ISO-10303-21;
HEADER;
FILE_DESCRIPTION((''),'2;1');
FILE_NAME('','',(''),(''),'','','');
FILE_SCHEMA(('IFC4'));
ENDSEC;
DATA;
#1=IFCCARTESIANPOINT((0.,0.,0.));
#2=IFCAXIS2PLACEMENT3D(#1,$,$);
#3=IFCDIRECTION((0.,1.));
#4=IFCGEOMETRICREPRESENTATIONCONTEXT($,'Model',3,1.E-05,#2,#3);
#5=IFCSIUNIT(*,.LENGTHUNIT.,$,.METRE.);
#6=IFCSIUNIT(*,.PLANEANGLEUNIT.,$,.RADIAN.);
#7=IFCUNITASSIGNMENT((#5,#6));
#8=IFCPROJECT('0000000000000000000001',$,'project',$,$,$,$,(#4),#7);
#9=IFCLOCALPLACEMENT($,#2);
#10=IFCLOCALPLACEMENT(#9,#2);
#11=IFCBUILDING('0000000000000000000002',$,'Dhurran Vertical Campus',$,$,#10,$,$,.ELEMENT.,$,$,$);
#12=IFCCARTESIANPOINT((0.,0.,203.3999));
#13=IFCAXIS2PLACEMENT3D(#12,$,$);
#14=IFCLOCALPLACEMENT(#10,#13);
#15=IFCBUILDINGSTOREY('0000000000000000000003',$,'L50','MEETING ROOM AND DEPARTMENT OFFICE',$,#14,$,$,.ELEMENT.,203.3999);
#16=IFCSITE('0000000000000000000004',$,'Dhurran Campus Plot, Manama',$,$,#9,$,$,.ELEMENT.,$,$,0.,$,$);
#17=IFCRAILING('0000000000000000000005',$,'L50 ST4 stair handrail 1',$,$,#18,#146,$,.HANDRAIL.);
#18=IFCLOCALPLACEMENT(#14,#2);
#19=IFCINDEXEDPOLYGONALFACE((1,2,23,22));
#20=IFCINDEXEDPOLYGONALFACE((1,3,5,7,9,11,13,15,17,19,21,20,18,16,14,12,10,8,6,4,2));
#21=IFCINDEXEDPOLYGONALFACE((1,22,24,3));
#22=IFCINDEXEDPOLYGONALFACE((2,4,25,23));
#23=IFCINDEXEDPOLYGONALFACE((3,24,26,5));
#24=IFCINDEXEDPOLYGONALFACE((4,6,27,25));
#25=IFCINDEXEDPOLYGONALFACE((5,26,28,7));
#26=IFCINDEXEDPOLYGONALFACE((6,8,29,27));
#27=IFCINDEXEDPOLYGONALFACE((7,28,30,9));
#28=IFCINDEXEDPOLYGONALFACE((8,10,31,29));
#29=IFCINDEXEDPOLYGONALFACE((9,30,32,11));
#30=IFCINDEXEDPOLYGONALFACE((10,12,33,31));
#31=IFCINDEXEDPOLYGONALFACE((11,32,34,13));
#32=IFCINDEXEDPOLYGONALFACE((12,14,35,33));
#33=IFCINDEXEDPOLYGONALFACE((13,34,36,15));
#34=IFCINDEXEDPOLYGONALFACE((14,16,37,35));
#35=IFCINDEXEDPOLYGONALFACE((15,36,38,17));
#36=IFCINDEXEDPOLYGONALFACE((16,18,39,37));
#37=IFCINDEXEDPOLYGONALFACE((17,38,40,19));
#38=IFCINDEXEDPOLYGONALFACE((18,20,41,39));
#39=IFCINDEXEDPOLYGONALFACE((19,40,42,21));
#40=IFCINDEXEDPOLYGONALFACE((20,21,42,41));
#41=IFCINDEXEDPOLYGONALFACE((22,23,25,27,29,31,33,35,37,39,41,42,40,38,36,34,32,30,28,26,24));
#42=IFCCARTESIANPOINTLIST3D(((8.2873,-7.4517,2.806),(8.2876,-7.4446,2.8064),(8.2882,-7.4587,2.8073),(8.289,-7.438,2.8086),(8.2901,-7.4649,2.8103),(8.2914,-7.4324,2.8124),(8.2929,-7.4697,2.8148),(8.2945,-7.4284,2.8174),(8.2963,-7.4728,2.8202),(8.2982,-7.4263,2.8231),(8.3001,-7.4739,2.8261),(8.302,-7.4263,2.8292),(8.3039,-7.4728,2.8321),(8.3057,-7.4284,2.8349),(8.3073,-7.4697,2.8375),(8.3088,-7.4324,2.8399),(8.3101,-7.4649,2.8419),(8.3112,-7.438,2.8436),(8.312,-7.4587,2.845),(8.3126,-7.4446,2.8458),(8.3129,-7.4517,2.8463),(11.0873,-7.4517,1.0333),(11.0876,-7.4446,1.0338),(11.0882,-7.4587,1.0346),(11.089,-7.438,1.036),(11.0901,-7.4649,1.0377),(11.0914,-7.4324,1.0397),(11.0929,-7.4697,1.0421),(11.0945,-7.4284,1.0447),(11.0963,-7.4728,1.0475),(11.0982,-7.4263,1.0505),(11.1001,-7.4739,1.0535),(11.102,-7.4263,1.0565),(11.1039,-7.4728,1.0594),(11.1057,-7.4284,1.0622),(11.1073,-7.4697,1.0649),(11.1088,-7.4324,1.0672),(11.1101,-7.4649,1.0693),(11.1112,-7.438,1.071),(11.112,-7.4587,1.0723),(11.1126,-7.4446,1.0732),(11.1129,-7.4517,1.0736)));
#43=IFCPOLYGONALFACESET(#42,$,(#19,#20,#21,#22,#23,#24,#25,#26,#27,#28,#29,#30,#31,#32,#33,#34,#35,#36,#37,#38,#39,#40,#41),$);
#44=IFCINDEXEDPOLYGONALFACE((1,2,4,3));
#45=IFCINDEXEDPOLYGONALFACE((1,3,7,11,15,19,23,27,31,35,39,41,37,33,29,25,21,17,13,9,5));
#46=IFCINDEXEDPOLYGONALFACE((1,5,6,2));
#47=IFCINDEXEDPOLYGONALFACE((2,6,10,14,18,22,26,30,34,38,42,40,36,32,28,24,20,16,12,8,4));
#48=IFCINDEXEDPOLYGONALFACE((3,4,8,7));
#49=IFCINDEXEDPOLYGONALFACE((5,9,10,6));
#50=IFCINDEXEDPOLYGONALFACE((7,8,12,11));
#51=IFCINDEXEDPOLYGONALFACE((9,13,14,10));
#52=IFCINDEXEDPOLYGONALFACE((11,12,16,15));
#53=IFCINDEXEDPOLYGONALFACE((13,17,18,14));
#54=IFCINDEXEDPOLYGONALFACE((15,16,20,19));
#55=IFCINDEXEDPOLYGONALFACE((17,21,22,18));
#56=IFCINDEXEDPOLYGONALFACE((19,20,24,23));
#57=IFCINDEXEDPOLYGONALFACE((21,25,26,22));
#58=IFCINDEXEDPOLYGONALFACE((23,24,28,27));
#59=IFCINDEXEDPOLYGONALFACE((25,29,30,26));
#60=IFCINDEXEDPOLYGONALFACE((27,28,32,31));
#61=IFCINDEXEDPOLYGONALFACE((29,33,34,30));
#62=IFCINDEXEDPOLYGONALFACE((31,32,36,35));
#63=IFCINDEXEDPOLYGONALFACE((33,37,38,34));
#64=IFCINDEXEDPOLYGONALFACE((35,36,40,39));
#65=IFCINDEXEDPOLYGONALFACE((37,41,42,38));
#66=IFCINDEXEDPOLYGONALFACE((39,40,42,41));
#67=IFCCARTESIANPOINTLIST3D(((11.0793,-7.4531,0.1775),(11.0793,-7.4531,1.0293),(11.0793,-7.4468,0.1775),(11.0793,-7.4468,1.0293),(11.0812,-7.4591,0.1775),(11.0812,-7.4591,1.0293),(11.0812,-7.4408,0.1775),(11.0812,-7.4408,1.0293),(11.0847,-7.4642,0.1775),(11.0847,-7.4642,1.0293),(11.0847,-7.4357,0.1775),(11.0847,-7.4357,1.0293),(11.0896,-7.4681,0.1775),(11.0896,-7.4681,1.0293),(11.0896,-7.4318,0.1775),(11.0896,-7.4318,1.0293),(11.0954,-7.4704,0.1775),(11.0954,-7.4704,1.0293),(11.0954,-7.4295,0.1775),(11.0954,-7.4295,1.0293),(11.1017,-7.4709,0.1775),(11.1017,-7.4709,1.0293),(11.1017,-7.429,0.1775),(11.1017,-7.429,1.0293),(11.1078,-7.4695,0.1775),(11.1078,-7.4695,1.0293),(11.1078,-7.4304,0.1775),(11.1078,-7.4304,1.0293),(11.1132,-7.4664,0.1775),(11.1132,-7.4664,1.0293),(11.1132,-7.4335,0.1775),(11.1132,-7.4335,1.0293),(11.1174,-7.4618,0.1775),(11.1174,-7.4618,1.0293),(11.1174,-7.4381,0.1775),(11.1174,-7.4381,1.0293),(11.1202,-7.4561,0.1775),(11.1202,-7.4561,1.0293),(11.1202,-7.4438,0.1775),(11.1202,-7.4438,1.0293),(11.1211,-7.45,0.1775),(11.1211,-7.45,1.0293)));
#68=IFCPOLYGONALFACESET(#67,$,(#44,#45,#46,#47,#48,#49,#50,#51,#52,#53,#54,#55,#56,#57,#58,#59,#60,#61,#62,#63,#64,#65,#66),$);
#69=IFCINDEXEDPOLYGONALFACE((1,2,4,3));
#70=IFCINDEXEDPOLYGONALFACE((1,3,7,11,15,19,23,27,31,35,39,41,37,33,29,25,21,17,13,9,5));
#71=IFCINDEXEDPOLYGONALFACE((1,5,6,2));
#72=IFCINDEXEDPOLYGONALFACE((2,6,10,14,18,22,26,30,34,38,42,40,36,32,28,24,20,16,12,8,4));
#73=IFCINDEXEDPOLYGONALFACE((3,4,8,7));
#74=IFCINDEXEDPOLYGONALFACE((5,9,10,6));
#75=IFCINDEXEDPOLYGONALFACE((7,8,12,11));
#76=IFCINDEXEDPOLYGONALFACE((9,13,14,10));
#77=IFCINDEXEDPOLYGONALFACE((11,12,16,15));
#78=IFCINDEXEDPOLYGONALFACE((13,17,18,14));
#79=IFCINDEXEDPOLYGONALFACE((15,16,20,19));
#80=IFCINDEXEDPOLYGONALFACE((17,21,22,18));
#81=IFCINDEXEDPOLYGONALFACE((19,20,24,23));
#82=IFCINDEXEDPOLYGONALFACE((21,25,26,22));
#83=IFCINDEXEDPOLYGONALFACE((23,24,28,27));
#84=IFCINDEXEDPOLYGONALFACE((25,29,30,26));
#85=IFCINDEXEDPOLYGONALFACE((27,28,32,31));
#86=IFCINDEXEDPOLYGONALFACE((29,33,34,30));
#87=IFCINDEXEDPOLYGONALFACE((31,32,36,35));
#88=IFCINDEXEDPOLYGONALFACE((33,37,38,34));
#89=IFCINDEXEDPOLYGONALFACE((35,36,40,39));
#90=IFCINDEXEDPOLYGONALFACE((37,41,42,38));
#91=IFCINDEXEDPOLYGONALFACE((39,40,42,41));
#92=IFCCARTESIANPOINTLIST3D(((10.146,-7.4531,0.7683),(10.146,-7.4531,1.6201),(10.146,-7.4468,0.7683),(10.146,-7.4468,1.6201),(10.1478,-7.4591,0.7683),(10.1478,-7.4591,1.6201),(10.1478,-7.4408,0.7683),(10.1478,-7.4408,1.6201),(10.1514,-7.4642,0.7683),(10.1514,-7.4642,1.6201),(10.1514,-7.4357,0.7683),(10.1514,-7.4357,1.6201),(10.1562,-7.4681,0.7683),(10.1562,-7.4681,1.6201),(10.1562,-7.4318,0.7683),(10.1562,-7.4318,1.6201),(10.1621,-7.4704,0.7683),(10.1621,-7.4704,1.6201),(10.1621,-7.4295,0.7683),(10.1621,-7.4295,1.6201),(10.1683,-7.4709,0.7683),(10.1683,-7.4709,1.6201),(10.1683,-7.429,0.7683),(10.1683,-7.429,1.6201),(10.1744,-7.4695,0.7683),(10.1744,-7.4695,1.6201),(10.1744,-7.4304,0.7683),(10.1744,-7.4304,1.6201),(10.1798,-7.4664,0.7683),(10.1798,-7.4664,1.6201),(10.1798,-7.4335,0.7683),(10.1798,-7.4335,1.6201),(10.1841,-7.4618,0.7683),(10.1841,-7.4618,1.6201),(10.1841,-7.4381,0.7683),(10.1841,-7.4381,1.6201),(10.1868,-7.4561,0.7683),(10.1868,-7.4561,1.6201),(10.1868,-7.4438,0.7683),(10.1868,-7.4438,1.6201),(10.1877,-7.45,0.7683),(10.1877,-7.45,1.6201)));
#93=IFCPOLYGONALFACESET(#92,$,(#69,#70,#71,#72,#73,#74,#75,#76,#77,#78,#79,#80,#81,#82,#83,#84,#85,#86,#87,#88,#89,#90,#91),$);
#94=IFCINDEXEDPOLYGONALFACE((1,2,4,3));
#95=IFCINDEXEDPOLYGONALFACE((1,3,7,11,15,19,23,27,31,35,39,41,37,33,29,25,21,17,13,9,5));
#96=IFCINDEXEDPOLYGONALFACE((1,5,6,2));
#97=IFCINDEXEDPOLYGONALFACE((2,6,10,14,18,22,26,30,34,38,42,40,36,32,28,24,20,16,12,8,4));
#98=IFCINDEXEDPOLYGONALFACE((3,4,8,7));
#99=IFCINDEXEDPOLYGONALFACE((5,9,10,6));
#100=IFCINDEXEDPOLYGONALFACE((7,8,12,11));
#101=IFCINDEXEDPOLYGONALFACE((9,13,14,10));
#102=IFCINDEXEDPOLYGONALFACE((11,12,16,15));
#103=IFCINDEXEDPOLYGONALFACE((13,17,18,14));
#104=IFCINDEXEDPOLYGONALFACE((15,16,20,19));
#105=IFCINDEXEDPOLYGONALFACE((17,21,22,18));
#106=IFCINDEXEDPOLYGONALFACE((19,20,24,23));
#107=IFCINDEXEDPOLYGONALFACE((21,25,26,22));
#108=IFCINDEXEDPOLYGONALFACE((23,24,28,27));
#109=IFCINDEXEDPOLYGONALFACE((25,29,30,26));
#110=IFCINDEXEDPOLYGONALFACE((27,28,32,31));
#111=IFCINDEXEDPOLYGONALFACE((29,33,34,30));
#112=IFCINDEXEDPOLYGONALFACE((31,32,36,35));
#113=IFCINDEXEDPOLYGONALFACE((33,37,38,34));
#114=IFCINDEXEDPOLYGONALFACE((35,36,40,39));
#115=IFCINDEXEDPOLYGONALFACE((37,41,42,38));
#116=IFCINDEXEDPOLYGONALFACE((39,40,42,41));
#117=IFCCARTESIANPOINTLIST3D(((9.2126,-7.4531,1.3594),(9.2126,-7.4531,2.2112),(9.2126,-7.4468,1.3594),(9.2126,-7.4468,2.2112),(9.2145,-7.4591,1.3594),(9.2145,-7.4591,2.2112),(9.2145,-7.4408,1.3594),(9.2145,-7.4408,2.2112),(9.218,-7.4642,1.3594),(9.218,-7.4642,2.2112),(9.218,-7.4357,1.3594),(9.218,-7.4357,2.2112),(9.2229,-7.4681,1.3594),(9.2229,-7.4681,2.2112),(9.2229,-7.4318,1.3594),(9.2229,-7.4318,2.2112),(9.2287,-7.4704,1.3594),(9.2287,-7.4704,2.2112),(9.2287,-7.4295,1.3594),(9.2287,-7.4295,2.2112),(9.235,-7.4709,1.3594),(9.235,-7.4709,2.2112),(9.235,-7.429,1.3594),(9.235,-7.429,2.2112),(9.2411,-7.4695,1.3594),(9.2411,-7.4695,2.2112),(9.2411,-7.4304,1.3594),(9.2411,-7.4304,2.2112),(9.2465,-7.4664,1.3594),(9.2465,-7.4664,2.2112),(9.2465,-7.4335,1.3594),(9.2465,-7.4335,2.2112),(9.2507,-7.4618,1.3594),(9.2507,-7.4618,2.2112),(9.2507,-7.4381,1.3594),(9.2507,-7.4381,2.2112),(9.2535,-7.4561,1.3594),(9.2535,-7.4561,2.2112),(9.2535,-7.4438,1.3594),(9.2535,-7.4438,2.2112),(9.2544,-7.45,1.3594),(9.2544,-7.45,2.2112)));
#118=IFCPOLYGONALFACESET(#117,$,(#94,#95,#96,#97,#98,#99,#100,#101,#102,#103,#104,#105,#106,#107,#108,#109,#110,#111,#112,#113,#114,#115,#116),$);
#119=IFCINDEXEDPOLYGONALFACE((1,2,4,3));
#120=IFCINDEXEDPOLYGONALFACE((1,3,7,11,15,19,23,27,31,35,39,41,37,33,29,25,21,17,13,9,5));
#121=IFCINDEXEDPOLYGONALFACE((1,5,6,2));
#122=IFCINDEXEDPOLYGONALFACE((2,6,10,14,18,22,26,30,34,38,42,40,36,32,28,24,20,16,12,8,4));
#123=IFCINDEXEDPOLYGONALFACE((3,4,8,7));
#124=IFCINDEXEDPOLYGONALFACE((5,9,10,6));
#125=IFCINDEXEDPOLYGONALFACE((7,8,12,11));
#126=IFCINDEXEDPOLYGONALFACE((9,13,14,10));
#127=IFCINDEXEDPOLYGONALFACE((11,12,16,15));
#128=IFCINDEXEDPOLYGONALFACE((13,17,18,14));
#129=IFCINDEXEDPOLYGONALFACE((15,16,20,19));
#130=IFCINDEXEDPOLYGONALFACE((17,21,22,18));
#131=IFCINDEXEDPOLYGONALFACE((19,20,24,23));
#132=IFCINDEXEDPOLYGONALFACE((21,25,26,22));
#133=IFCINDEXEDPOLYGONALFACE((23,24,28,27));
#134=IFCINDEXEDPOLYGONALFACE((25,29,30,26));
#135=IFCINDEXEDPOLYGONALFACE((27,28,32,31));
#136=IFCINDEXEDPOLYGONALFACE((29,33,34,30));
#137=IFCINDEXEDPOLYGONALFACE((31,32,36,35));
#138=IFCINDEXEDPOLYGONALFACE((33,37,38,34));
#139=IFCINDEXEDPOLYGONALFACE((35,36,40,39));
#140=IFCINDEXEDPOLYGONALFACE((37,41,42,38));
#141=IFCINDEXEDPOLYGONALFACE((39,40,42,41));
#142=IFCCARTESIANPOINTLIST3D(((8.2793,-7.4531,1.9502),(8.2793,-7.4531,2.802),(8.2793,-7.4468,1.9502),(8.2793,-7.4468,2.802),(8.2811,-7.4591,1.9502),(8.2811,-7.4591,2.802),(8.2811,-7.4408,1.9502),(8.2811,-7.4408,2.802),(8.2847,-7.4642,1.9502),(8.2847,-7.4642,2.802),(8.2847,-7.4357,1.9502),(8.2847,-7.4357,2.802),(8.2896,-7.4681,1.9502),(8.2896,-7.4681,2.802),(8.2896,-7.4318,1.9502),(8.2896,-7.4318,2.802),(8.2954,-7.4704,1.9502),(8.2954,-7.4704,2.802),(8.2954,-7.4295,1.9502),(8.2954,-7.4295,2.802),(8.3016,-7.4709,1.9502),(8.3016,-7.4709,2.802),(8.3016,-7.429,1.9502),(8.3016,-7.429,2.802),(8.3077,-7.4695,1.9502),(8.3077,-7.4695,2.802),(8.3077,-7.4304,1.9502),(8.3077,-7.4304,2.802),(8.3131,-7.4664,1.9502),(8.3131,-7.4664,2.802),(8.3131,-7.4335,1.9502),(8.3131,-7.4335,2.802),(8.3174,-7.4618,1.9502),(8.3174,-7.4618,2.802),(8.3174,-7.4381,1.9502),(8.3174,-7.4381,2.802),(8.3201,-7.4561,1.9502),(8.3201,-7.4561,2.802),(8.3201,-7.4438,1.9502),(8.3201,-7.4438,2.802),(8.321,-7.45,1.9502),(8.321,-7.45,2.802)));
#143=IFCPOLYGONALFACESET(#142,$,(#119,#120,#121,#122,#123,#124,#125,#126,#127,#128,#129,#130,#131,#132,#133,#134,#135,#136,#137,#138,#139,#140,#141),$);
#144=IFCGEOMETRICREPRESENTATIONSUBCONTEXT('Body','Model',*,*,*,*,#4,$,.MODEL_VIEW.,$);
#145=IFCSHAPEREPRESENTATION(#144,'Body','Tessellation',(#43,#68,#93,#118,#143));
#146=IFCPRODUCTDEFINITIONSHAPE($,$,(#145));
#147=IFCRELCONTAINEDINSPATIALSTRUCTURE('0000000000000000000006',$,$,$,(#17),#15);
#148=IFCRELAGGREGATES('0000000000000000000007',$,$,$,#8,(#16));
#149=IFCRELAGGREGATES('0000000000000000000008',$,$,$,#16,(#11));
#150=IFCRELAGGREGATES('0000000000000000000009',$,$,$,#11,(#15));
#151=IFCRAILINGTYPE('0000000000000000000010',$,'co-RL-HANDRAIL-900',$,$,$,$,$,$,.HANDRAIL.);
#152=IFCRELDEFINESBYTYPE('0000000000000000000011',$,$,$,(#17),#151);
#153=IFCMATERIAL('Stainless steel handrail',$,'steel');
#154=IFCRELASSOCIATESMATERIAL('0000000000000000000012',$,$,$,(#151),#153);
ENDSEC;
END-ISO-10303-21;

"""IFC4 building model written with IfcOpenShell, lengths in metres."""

from ifc_helpers import new_model, si_unit, direction, frame, origin, origin_2d, place, context, subcontext, project, spatial, circle, extrude, material, type_object, element, save


model = new_model("IFC4")

# Units and contexts
model_context = context("Model", 3, precision=1e-05, world=origin(), true_north=direction((0.0, 1.0)))
body_context = subcontext(model_context, "Body", "Model", "MODEL_VIEW")
ifc_project = project(units=[si_unit("LENGTHUNIT", "METRE"), si_unit("PLANEANGLEUNIT", "RADIAN")], contexts=[model_context])

# Site, building, storey
site_placement = place(None, origin())
site = spatial("IfcSite", under=ifc_project, at=site_placement, Name="Dhurran Campus Plot, Manama", CompositionType="ELEMENT", RefElevation=0.0)
building_placement = place(site_placement, origin())
building = spatial("IfcBuilding", under=site, at=building_placement, Name="Dhurran Vertical Campus", CompositionType="ELEMENT")
storey_placement = place(building_placement, frame((0.0, 0.0, 203.3999)))
storey = spatial("IfcBuildingStorey", under=building, at=storey_placement, Name="L50", Description="MEETING ROOM AND DEPARTMENT OFFICE", CompositionType="ELEMENT", Elevation=203.3999)

# Railing
ifc_material_1 = material(Name="Stainless steel handrail", Category="steel")
railing_type_1 = type_object("IfcRailingType", Name="co-RL-HANDRAIL-900", PredefinedType="HANDRAIL", material=ifc_material_1)
railing_1_placement = place(storey_placement, frame((11.1001, -7.45, 0.1775)))
element("IfcRailing", 1, at=railing_1_placement, inside=storey, type_object=railing_type_1, Name="L50 ST4 stair handrail 1", PredefinedType="HANDRAIL", context=body_context, shape_type="SweptSolid", body=[
    extrude(circle(Radius=0.0239, at=origin_2d()), frame((0.0, 0.0, 0.876), z_axis=(-0.844909, 0.0, 0.53491), x_axis=(0.0, -1.0, 0.0)), (0.0, 0.0, 1.0), 3.314),
    extrude(circle(Radius=0.021, at=origin_2d()), origin(), (0.0, 0.0, 1.0), 0.8518),
    extrude(circle(Radius=0.021, at=origin_2d()), frame((-0.9333, 0.0, 0.5908)), (0.0, 0.0, 1.0), 0.8518),
    extrude(circle(Radius=0.021, at=origin_2d()), frame((-1.8667, 0.0, 1.1819)), (0.0, 0.0, 1.0), 0.8518),
    extrude(circle(Radius=0.021, at=origin_2d()), frame((-2.8, 0.0, 1.7727)), (0.0, 0.0, 1.0), 0.8518),
])

save(model, "model.ifc")
